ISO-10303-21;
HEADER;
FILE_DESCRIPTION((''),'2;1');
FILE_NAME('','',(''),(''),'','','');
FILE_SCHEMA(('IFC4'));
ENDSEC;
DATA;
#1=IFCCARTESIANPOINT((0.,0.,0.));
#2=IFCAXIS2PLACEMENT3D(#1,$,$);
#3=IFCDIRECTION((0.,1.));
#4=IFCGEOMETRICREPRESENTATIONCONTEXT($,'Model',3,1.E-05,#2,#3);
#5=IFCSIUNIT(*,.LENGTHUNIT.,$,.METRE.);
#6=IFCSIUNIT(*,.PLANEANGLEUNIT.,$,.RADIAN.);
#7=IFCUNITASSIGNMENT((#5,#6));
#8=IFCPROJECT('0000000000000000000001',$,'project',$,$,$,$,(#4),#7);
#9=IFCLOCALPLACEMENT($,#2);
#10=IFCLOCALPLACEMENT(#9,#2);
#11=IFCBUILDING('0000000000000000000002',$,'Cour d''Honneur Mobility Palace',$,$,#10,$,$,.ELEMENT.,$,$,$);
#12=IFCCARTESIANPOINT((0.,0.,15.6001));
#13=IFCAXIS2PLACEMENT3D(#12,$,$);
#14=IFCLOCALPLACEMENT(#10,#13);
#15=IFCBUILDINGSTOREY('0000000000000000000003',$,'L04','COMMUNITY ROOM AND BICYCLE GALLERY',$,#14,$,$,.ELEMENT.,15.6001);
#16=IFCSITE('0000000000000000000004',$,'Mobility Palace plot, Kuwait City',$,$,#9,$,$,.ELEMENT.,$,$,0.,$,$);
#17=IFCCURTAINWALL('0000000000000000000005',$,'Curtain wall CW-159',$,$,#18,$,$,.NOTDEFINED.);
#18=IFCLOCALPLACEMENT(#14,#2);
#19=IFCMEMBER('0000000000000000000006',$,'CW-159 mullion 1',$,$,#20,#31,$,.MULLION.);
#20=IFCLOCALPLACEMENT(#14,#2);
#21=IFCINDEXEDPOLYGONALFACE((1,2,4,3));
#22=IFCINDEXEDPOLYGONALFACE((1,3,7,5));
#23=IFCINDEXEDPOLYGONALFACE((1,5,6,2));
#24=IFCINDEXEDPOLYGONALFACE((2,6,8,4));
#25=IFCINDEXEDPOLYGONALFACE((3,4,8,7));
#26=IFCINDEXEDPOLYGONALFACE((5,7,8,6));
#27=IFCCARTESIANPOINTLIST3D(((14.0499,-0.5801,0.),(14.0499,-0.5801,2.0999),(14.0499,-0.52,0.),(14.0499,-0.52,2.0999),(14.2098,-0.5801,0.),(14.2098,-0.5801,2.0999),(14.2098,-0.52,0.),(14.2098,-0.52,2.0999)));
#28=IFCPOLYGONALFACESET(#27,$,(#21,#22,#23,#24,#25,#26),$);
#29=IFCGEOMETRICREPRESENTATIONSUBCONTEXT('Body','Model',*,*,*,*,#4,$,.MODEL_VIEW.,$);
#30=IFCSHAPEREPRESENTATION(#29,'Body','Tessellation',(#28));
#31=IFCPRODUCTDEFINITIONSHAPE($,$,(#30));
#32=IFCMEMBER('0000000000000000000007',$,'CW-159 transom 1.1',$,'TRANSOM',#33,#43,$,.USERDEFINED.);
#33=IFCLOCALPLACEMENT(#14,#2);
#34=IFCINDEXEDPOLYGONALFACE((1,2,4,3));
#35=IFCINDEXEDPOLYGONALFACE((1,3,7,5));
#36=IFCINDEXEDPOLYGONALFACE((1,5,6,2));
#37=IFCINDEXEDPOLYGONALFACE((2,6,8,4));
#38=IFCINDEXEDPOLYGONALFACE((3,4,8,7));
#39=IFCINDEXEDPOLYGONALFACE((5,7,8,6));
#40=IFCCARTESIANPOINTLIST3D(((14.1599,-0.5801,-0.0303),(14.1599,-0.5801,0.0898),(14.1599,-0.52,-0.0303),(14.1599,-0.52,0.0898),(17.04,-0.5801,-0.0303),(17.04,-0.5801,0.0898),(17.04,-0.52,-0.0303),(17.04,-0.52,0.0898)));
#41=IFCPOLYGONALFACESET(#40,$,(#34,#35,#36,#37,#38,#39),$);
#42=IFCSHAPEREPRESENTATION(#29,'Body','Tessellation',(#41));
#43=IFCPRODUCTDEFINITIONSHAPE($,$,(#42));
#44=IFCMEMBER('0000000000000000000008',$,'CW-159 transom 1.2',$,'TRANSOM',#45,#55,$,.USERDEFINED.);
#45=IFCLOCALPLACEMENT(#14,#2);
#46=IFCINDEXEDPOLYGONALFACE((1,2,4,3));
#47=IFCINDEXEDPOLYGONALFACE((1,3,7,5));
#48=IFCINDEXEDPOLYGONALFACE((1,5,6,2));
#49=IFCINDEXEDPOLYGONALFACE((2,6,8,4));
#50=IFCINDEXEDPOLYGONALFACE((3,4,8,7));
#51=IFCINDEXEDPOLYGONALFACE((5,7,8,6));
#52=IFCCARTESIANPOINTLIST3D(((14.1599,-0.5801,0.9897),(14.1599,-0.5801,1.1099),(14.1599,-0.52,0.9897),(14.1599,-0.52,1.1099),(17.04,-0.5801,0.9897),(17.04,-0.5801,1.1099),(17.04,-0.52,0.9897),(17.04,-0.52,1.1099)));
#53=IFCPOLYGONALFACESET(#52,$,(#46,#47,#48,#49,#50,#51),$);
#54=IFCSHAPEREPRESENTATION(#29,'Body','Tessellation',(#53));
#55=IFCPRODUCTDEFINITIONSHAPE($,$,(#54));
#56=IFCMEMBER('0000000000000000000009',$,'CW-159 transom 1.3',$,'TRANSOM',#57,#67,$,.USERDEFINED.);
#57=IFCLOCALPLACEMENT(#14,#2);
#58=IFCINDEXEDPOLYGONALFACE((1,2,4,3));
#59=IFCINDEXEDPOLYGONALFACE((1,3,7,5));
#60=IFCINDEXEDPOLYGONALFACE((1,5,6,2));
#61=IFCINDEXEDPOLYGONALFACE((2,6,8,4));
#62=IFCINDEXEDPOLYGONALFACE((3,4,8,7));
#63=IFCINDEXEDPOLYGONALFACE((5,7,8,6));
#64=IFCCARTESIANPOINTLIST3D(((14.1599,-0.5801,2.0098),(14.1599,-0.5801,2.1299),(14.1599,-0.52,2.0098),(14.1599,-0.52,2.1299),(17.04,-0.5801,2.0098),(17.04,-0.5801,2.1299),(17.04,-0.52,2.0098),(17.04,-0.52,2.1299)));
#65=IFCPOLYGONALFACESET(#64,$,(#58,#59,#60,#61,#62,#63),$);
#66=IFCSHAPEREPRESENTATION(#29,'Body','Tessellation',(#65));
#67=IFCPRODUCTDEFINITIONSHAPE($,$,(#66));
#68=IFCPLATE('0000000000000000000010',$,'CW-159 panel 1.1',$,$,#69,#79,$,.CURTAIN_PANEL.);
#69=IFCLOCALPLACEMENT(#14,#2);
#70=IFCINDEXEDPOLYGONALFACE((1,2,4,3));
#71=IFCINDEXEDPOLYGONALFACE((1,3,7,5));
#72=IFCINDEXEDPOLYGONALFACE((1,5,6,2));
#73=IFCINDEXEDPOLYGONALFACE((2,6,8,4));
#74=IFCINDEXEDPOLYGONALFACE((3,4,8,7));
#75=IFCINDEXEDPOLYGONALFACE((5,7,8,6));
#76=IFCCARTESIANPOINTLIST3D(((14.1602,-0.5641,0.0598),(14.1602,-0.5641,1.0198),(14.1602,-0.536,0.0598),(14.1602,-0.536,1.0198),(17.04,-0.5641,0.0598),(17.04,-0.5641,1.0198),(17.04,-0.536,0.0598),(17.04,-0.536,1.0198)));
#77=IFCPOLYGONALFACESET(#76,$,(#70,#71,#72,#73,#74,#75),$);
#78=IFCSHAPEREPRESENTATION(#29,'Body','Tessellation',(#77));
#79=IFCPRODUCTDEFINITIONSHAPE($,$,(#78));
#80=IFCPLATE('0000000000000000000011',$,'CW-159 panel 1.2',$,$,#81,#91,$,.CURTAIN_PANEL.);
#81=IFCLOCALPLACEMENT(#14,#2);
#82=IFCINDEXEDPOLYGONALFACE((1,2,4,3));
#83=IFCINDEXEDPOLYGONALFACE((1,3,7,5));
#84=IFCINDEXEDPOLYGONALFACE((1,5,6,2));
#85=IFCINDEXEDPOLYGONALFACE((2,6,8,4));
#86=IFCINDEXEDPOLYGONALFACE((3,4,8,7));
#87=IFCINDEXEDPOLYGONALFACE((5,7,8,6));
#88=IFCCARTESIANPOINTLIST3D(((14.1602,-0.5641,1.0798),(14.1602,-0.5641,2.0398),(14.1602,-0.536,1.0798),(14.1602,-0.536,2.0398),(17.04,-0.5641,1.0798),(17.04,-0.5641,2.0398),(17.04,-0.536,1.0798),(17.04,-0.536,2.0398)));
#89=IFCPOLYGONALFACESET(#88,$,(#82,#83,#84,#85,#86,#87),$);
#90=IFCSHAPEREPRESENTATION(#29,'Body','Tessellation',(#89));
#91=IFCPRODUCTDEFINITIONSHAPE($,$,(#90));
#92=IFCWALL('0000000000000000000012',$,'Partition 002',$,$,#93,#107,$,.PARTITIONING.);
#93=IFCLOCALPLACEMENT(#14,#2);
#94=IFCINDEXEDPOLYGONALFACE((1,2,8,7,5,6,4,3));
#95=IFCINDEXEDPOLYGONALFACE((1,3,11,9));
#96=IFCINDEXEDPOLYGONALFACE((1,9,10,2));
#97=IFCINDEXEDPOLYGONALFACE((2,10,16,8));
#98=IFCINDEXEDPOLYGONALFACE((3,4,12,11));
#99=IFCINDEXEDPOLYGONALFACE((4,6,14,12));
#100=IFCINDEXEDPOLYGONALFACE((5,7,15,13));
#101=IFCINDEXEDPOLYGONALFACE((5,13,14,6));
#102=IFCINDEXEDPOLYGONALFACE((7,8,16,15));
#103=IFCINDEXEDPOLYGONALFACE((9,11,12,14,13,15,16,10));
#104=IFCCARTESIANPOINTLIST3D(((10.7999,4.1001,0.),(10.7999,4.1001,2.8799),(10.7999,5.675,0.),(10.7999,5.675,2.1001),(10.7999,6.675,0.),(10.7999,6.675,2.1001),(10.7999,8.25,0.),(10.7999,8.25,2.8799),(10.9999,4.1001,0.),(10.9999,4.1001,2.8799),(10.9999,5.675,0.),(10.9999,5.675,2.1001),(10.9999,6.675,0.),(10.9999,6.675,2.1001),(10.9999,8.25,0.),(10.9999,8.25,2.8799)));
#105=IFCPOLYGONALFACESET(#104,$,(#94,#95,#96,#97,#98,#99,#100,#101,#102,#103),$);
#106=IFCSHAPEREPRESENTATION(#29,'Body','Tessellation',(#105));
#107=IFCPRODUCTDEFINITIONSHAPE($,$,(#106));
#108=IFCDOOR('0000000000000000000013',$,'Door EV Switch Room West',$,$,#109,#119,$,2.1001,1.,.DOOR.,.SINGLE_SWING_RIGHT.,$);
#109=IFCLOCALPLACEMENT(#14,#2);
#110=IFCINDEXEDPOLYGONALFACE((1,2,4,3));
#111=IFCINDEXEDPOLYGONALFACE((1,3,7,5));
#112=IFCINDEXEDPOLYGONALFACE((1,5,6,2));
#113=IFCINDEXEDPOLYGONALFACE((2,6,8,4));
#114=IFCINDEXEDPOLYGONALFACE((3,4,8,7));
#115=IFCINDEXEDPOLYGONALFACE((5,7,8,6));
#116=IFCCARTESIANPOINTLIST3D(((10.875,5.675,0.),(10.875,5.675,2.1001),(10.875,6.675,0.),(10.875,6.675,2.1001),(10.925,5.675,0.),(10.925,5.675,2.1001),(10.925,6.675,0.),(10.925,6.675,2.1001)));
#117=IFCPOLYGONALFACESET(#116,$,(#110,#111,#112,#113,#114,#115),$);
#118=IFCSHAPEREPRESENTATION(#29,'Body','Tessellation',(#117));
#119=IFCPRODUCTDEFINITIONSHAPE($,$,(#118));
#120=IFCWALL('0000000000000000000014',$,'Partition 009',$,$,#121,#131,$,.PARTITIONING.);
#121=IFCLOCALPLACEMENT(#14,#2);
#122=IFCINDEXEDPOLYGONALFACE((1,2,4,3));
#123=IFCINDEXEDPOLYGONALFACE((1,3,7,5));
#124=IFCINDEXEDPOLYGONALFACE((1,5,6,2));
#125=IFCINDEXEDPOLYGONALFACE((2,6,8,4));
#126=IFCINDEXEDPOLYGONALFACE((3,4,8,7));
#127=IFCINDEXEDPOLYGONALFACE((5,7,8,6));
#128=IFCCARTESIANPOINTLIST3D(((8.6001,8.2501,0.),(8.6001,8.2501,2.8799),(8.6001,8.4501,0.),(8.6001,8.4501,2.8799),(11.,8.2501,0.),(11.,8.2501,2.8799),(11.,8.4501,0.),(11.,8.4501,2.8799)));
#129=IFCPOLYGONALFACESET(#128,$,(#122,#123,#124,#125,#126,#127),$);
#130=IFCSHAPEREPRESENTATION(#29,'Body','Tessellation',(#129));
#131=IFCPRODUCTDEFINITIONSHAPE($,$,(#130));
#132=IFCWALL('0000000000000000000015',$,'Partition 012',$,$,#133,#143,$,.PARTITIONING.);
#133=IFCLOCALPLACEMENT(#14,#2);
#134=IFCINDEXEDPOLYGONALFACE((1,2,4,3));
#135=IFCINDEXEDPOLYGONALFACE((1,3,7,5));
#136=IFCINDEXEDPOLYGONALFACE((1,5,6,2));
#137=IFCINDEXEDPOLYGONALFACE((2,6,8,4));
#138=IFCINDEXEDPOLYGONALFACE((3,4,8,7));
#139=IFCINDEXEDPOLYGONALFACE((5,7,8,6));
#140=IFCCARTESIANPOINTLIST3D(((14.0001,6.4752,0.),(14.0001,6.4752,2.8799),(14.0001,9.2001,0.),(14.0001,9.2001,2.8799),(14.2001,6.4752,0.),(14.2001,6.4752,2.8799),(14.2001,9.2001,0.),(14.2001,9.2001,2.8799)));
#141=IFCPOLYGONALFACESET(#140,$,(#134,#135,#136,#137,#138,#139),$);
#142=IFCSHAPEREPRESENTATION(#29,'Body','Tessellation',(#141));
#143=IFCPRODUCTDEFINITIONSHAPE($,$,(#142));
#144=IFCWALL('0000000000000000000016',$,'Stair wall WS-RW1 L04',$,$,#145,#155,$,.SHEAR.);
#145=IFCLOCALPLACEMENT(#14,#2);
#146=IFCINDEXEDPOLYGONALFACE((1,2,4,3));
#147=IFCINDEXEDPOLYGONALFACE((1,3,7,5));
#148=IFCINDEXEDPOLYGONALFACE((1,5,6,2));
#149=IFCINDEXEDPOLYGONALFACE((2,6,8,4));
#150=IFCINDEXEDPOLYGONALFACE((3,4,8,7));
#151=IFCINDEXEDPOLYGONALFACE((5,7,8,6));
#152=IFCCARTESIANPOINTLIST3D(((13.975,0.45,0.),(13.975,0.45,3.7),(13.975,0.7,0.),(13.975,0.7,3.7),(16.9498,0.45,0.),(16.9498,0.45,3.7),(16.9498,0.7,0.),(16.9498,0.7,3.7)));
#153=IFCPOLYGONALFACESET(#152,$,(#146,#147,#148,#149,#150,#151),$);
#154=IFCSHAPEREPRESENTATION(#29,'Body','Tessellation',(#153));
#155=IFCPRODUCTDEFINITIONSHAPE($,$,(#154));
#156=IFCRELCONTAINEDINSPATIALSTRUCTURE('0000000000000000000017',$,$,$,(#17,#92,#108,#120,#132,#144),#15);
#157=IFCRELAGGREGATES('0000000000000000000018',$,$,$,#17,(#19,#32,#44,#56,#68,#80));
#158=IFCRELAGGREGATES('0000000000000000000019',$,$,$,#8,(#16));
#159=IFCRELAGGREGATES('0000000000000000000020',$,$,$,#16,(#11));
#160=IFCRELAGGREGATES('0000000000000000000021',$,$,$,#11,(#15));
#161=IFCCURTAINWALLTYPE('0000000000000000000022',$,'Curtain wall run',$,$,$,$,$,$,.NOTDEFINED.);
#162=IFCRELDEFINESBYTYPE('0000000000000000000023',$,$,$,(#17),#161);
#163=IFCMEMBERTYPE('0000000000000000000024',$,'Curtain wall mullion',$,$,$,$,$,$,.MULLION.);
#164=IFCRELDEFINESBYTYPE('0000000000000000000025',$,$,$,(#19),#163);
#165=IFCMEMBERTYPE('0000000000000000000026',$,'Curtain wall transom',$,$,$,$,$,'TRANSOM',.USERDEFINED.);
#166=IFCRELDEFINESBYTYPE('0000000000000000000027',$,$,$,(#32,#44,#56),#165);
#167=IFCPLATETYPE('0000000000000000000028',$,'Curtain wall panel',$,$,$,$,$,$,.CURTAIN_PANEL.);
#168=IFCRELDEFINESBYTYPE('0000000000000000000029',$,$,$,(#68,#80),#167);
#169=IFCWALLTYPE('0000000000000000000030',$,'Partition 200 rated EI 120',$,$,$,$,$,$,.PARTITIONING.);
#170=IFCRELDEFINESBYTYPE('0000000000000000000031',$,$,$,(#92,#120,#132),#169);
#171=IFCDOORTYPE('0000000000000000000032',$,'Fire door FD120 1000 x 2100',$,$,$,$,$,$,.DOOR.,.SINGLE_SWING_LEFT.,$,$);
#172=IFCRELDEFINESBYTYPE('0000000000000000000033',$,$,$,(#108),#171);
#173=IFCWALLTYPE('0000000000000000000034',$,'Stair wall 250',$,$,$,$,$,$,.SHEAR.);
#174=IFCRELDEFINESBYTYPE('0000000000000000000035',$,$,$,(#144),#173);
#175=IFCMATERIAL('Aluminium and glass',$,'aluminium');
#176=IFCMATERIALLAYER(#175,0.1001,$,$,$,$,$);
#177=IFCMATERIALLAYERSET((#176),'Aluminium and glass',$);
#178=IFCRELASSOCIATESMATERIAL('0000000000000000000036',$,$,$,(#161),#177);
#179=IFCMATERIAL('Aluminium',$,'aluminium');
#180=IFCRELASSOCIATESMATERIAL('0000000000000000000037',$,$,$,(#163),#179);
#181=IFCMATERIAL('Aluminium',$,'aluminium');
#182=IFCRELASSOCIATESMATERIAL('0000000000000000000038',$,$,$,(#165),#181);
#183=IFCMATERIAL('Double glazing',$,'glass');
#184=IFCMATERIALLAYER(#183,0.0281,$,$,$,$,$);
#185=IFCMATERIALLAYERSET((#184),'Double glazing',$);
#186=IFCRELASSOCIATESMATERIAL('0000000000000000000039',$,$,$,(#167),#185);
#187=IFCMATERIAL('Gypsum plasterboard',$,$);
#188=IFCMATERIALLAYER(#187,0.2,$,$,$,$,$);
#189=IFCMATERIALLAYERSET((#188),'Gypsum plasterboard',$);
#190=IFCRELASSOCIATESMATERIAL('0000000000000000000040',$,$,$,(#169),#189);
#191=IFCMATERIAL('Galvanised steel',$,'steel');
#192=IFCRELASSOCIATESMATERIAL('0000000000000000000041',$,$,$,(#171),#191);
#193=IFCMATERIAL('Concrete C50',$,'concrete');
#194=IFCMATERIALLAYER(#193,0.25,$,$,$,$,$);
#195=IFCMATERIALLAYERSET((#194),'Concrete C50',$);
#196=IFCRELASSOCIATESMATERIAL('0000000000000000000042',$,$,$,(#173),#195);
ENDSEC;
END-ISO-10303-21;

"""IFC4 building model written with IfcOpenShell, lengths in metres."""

from ifc_helpers import new_model, si_unit, direction, frame, frame_2d, origin, origin_2d, place, context, subcontext, project, spatial, rectangle, extrude, material, layer, layer_set, material_profile, profile_set, type_object, element, fill, aggregate, save


model = new_model("IFC4")

# Units and contexts
model_context = context("Model", 3, precision=1e-05, world=origin(), true_north=direction((0.0, 1.0)))
body_context = subcontext(model_context, "Body", "Model", "MODEL_VIEW")
ifc_project = project(units=[si_unit("LENGTHUNIT", "METRE"), si_unit("PLANEANGLEUNIT", "RADIAN")], contexts=[model_context])

# Site, building, storey
site_placement = place(None, origin())
site = spatial("IfcSite", under=ifc_project, at=site_placement, Name="Mobility Palace plot, Kuwait City", CompositionType="ELEMENT", RefElevation=0.0)
building_placement = place(site_placement, origin())
building = spatial("IfcBuilding", under=site, at=building_placement, Name="Cour d'Honneur Mobility Palace", CompositionType="ELEMENT")
storey_placement = place(building_placement, frame((0.0, 0.0, 15.6001)))
storey = spatial("IfcBuildingStorey", under=building, at=storey_placement, Name="L04", Description="COMMUNITY ROOM AND BICYCLE GALLERY", CompositionType="ELEMENT", Elevation=15.6001)

# Curtain wall, members, plates
ifc_material_1 = material(Name="Aluminium and glass", Category="aluminium")
ifc_layer_1 = layer(ifc_material_1, 0.1001)
ifc_layer_set_1 = layer_set([ifc_layer_1], Name="Aluminium and glass")
curtain_wall_type = type_object("IfcCurtainWallType", Name="Curtain wall run", PredefinedType="NOTDEFINED", material=ifc_layer_set_1)
curtain_wall_placement = place(storey_placement, origin())
curtain_wall = element("IfcCurtainWall", 1, at=curtain_wall_placement, inside=storey, type_object=curtain_wall_type, Name="Curtain wall CW-159", PredefinedType="NOTDEFINED")
ifc_material_2 = material(Name="Aluminium", Category="aluminium")
ifc_material_profile_1 = material_profile(ifc_material_2, rectangle(XDim=0.0601, YDim=0.1599, at=origin_2d()), Name="Curtain wall mullion")
ifc_profile_set_1 = profile_set([ifc_material_profile_1], Name="Aluminium")
member_type_1 = type_object("IfcMemberType", Name="Curtain wall mullion", PredefinedType="MULLION", material=ifc_profile_set_1)
member_1_placement = place(storey_placement, frame((14.1299, -0.55, 0.0), z_axis=(0.0, 0.0, 1.0), x_axis=(0.0, 1.0, 0.0)))
member_1 = element("IfcMember", 2, at=member_1_placement, type_object=member_type_1, Name="CW-159 mullion 1", PredefinedType="MULLION", context=body_context, shape_type="SweptSolid", body=[
    extrude(rectangle(XDim=0.0601, YDim=0.1599, at=origin_2d()), origin(), (0.0, 0.0, 1.0), 2.0999),
])
ifc_material_3 = material(Name="Aluminium", Category="aluminium")
ifc_material_profile_2 = material_profile(ifc_material_3, rectangle(XDim=0.0601, YDim=0.1201, at=origin_2d()), Name="Curtain wall transom")
ifc_profile_set_2 = profile_set([ifc_material_profile_2], Name="Aluminium")
member_type_2 = type_object("IfcMemberType", Name="Curtain wall transom", ElementType="TRANSOM", PredefinedType="USERDEFINED", material=ifc_profile_set_2)
member_2_placement = place(storey_placement, frame((14.1599, -0.55, 0.0298), z_axis=(1.0, 0.0, 0.0), x_axis=(0.0, 1.0, 0.0)))
member_2 = element("IfcMember", 3, at=member_2_placement, type_object=member_type_2, Name="CW-159 transom 1.1", ObjectType="TRANSOM", PredefinedType="USERDEFINED", context=body_context, shape_type="SweptSolid", body=[
    extrude(rectangle(XDim=0.0601, YDim=0.1201, at=origin_2d()), origin(), (0.0, 0.0, 1.0), 2.8801),
])
member_3_placement = place(storey_placement, frame((14.1599, -0.55, 1.0498), z_axis=(1.0, 0.0, 0.0), x_axis=(0.0, 1.0, 0.0)))
member_3 = element("IfcMember", 4, at=member_3_placement, type_object=member_type_2, Name="CW-159 transom 1.2", ObjectType="TRANSOM", PredefinedType="USERDEFINED", context=body_context, shape_type="SweptSolid", body=[
    extrude(rectangle(XDim=0.0601, YDim=0.1201, at=origin_2d()), origin(), (0.0, 0.0, 1.0), 2.8801),
])
member_4_placement = place(storey_placement, frame((14.1599, -0.55, 2.0698), z_axis=(1.0, 0.0, 0.0), x_axis=(0.0, 1.0, 0.0)))
member_4 = element("IfcMember", 5, at=member_4_placement, type_object=member_type_2, Name="CW-159 transom 1.3", ObjectType="TRANSOM", PredefinedType="USERDEFINED", context=body_context, shape_type="SweptSolid", body=[
    extrude(rectangle(XDim=0.0601, YDim=0.1201, at=origin_2d()), origin(), (0.0, 0.0, 1.0), 2.8801),
])
ifc_material_4 = material(Name="Double glazing", Category="glass")
ifc_layer_2 = layer(ifc_material_4, 0.0281)
ifc_layer_set_2 = layer_set([ifc_layer_2], Name="Double glazing")
plate_type = type_object("IfcPlateType", Name="Curtain wall panel", PredefinedType="CURTAIN_PANEL", material=ifc_layer_set_2)
plate_1_placement = place(storey_placement, frame((15.6001, -0.55, 0.0598), z_axis=(0.0, 0.0, 1.0), x_axis=(1.0, 0.0, 0.0)))
plate_1 = element("IfcPlate", 6, at=plate_1_placement, type_object=plate_type, Name="CW-159 panel 1.1", PredefinedType="CURTAIN_PANEL", context=body_context, shape_type="SweptSolid", body=[
    extrude(rectangle(XDim=2.8799, YDim=0.0281, at=origin_2d()), origin(), (0.0, 0.0, 1.0), 0.96),
])
plate_2_placement = place(storey_placement, frame((15.6001, -0.55, 1.0798), z_axis=(0.0, 0.0, 1.0), x_axis=(1.0, 0.0, 0.0)))
plate_2 = element("IfcPlate", 7, at=plate_2_placement, type_object=plate_type, Name="CW-159 panel 1.2", PredefinedType="CURTAIN_PANEL", context=body_context, shape_type="SweptSolid", body=[
    extrude(rectangle(XDim=2.8799, YDim=0.0281, at=origin_2d()), origin(), (0.0, 0.0, 1.0), 0.96),
])
aggregate(curtain_wall, [member_1, member_2, member_3, member_4, plate_1, plate_2])

# Wall, opening, door
ifc_material_5 = material(Name="Gypsum plasterboard")
ifc_layer_3 = layer(ifc_material_5, 0.2)
ifc_layer_set_3 = layer_set([ifc_layer_3], Name="Gypsum plasterboard")
wall_type_1 = type_object("IfcWallType", Name="Partition 200 rated EI 120", PredefinedType="PARTITIONING", material=ifc_layer_set_3)
wall_1_placement = place(storey_placement, frame((10.8999, 4.1001, 0.0), z_axis=(0.0, 0.0, 1.0), x_axis=(0.0, 1.0, 0.0)))
wall_1 = element("IfcWall", 8, at=wall_1_placement, inside=storey, type_object=wall_type_1, Name="Partition 002", PredefinedType="PARTITIONING", context=body_context, shape_type="SweptSolid", body=[
    extrude(rectangle(XDim=4.1499, YDim=0.2, at=frame_2d((2.075, 0.0))), origin(), (0.0, 0.0, 1.0), 2.8799),
])
opening_1_placement = place(wall_1_placement, frame((1.575, 0.0, 0.0)))
opening_1 = element("IfcOpeningElement", 9, at=opening_1_placement, cuts=wall_1, PredefinedType="OPENING", context=body_context, shape_type="SweptSolid", body=[
    extrude(rectangle(XDim=1.0, YDim=2.1001, at=frame_2d((0.5, 1.05))), frame((0.0, 0.1099, 0.0), z_axis=(0.0, -1.0, 0.0), x_axis=(1.0, 0.0, 0.0)), (0.0, 0.0, 1.0), 0.22),
])
ifc_material_6 = material(Name="Galvanised steel", Category="steel")
door_type_1 = type_object("IfcDoorType", Name="Fire door FD120 1000 x 2100", OperationType="SINGLE_SWING_LEFT", PredefinedType="DOOR", material=ifc_material_6)
door_1_placement = place(opening_1_placement, origin())
door_1 = element("IfcDoor", 10, at=door_1_placement, inside=storey, type_object=door_type_1, Name="Door EV Switch Room West", OperationType="SINGLE_SWING_RIGHT", OverallHeight=2.1001, OverallWidth=1.0, PredefinedType="DOOR", context=body_context, shape_type="SweptSolid", body=[
    extrude(rectangle(XDim=1.0, YDim=2.1001, at=frame_2d((0.5, 1.05))), frame((0.0, 0.0249, 0.0), z_axis=(0.0, -1.0, 0.0), x_axis=(1.0, 0.0, 0.0)), (0.0, 0.0, 1.0), 0.05),
])
fill(opening_1, door_1)

# Walls
wall_2_placement = place(storey_placement, frame((11.0, 8.3501, 0.0), z_axis=(0.0, 0.0, 1.0), x_axis=(-1.0, 0.0, 0.0)))
element("IfcWall", 11, at=wall_2_placement, inside=storey, type_object=wall_type_1, Name="Partition 009", PredefinedType="PARTITIONING", context=body_context, shape_type="SweptSolid", body=[
    extrude(rectangle(XDim=2.3999, YDim=0.2, at=frame_2d((1.2, 0.0))), origin(), (0.0, 0.0, 1.0), 2.8799),
])
wall_3_placement = place(storey_placement, frame((14.1001, 9.2, 0.0), z_axis=(0.0, 0.0, 1.0), x_axis=(0.0, -1.0, 0.0)))
element("IfcWall", 12, at=wall_3_placement, inside=storey, type_object=wall_type_1, Name="Partition 012", PredefinedType="PARTITIONING", context=body_context, shape_type="SweptSolid", body=[
    extrude(rectangle(XDim=2.7249, YDim=0.2, at=frame_2d((1.3623, 0.0))), origin(), (0.0, 0.0, 1.0), 2.8799),
])
ifc_material_7 = material(Name="Concrete C50", Category="concrete")
ifc_layer_4 = layer(ifc_material_7, 0.25)
ifc_layer_set_4 = layer_set([ifc_layer_4], Name="Concrete C50")
wall_type_2 = type_object("IfcWallType", Name="Stair wall 250", PredefinedType="SHEAR", material=ifc_layer_set_4)
wall_4_placement = place(storey_placement, frame((13.9751, 0.575, 0.0), z_axis=(0.0, 0.0, 1.0), x_axis=(1.0, 0.0, 0.0)))
element("IfcWall", 13, at=wall_4_placement, inside=storey, type_object=wall_type_2, Name="Stair wall WS-RW1 L04", PredefinedType="SHEAR", context=body_context, shape_type="SweptSolid", body=[
    extrude(rectangle(XDim=2.9749, YDim=0.25, at=frame_2d((1.4873, 0.0))), origin(), (0.0, 0.0, 1.0), 3.7),
])

save(model, "model.ifc")
